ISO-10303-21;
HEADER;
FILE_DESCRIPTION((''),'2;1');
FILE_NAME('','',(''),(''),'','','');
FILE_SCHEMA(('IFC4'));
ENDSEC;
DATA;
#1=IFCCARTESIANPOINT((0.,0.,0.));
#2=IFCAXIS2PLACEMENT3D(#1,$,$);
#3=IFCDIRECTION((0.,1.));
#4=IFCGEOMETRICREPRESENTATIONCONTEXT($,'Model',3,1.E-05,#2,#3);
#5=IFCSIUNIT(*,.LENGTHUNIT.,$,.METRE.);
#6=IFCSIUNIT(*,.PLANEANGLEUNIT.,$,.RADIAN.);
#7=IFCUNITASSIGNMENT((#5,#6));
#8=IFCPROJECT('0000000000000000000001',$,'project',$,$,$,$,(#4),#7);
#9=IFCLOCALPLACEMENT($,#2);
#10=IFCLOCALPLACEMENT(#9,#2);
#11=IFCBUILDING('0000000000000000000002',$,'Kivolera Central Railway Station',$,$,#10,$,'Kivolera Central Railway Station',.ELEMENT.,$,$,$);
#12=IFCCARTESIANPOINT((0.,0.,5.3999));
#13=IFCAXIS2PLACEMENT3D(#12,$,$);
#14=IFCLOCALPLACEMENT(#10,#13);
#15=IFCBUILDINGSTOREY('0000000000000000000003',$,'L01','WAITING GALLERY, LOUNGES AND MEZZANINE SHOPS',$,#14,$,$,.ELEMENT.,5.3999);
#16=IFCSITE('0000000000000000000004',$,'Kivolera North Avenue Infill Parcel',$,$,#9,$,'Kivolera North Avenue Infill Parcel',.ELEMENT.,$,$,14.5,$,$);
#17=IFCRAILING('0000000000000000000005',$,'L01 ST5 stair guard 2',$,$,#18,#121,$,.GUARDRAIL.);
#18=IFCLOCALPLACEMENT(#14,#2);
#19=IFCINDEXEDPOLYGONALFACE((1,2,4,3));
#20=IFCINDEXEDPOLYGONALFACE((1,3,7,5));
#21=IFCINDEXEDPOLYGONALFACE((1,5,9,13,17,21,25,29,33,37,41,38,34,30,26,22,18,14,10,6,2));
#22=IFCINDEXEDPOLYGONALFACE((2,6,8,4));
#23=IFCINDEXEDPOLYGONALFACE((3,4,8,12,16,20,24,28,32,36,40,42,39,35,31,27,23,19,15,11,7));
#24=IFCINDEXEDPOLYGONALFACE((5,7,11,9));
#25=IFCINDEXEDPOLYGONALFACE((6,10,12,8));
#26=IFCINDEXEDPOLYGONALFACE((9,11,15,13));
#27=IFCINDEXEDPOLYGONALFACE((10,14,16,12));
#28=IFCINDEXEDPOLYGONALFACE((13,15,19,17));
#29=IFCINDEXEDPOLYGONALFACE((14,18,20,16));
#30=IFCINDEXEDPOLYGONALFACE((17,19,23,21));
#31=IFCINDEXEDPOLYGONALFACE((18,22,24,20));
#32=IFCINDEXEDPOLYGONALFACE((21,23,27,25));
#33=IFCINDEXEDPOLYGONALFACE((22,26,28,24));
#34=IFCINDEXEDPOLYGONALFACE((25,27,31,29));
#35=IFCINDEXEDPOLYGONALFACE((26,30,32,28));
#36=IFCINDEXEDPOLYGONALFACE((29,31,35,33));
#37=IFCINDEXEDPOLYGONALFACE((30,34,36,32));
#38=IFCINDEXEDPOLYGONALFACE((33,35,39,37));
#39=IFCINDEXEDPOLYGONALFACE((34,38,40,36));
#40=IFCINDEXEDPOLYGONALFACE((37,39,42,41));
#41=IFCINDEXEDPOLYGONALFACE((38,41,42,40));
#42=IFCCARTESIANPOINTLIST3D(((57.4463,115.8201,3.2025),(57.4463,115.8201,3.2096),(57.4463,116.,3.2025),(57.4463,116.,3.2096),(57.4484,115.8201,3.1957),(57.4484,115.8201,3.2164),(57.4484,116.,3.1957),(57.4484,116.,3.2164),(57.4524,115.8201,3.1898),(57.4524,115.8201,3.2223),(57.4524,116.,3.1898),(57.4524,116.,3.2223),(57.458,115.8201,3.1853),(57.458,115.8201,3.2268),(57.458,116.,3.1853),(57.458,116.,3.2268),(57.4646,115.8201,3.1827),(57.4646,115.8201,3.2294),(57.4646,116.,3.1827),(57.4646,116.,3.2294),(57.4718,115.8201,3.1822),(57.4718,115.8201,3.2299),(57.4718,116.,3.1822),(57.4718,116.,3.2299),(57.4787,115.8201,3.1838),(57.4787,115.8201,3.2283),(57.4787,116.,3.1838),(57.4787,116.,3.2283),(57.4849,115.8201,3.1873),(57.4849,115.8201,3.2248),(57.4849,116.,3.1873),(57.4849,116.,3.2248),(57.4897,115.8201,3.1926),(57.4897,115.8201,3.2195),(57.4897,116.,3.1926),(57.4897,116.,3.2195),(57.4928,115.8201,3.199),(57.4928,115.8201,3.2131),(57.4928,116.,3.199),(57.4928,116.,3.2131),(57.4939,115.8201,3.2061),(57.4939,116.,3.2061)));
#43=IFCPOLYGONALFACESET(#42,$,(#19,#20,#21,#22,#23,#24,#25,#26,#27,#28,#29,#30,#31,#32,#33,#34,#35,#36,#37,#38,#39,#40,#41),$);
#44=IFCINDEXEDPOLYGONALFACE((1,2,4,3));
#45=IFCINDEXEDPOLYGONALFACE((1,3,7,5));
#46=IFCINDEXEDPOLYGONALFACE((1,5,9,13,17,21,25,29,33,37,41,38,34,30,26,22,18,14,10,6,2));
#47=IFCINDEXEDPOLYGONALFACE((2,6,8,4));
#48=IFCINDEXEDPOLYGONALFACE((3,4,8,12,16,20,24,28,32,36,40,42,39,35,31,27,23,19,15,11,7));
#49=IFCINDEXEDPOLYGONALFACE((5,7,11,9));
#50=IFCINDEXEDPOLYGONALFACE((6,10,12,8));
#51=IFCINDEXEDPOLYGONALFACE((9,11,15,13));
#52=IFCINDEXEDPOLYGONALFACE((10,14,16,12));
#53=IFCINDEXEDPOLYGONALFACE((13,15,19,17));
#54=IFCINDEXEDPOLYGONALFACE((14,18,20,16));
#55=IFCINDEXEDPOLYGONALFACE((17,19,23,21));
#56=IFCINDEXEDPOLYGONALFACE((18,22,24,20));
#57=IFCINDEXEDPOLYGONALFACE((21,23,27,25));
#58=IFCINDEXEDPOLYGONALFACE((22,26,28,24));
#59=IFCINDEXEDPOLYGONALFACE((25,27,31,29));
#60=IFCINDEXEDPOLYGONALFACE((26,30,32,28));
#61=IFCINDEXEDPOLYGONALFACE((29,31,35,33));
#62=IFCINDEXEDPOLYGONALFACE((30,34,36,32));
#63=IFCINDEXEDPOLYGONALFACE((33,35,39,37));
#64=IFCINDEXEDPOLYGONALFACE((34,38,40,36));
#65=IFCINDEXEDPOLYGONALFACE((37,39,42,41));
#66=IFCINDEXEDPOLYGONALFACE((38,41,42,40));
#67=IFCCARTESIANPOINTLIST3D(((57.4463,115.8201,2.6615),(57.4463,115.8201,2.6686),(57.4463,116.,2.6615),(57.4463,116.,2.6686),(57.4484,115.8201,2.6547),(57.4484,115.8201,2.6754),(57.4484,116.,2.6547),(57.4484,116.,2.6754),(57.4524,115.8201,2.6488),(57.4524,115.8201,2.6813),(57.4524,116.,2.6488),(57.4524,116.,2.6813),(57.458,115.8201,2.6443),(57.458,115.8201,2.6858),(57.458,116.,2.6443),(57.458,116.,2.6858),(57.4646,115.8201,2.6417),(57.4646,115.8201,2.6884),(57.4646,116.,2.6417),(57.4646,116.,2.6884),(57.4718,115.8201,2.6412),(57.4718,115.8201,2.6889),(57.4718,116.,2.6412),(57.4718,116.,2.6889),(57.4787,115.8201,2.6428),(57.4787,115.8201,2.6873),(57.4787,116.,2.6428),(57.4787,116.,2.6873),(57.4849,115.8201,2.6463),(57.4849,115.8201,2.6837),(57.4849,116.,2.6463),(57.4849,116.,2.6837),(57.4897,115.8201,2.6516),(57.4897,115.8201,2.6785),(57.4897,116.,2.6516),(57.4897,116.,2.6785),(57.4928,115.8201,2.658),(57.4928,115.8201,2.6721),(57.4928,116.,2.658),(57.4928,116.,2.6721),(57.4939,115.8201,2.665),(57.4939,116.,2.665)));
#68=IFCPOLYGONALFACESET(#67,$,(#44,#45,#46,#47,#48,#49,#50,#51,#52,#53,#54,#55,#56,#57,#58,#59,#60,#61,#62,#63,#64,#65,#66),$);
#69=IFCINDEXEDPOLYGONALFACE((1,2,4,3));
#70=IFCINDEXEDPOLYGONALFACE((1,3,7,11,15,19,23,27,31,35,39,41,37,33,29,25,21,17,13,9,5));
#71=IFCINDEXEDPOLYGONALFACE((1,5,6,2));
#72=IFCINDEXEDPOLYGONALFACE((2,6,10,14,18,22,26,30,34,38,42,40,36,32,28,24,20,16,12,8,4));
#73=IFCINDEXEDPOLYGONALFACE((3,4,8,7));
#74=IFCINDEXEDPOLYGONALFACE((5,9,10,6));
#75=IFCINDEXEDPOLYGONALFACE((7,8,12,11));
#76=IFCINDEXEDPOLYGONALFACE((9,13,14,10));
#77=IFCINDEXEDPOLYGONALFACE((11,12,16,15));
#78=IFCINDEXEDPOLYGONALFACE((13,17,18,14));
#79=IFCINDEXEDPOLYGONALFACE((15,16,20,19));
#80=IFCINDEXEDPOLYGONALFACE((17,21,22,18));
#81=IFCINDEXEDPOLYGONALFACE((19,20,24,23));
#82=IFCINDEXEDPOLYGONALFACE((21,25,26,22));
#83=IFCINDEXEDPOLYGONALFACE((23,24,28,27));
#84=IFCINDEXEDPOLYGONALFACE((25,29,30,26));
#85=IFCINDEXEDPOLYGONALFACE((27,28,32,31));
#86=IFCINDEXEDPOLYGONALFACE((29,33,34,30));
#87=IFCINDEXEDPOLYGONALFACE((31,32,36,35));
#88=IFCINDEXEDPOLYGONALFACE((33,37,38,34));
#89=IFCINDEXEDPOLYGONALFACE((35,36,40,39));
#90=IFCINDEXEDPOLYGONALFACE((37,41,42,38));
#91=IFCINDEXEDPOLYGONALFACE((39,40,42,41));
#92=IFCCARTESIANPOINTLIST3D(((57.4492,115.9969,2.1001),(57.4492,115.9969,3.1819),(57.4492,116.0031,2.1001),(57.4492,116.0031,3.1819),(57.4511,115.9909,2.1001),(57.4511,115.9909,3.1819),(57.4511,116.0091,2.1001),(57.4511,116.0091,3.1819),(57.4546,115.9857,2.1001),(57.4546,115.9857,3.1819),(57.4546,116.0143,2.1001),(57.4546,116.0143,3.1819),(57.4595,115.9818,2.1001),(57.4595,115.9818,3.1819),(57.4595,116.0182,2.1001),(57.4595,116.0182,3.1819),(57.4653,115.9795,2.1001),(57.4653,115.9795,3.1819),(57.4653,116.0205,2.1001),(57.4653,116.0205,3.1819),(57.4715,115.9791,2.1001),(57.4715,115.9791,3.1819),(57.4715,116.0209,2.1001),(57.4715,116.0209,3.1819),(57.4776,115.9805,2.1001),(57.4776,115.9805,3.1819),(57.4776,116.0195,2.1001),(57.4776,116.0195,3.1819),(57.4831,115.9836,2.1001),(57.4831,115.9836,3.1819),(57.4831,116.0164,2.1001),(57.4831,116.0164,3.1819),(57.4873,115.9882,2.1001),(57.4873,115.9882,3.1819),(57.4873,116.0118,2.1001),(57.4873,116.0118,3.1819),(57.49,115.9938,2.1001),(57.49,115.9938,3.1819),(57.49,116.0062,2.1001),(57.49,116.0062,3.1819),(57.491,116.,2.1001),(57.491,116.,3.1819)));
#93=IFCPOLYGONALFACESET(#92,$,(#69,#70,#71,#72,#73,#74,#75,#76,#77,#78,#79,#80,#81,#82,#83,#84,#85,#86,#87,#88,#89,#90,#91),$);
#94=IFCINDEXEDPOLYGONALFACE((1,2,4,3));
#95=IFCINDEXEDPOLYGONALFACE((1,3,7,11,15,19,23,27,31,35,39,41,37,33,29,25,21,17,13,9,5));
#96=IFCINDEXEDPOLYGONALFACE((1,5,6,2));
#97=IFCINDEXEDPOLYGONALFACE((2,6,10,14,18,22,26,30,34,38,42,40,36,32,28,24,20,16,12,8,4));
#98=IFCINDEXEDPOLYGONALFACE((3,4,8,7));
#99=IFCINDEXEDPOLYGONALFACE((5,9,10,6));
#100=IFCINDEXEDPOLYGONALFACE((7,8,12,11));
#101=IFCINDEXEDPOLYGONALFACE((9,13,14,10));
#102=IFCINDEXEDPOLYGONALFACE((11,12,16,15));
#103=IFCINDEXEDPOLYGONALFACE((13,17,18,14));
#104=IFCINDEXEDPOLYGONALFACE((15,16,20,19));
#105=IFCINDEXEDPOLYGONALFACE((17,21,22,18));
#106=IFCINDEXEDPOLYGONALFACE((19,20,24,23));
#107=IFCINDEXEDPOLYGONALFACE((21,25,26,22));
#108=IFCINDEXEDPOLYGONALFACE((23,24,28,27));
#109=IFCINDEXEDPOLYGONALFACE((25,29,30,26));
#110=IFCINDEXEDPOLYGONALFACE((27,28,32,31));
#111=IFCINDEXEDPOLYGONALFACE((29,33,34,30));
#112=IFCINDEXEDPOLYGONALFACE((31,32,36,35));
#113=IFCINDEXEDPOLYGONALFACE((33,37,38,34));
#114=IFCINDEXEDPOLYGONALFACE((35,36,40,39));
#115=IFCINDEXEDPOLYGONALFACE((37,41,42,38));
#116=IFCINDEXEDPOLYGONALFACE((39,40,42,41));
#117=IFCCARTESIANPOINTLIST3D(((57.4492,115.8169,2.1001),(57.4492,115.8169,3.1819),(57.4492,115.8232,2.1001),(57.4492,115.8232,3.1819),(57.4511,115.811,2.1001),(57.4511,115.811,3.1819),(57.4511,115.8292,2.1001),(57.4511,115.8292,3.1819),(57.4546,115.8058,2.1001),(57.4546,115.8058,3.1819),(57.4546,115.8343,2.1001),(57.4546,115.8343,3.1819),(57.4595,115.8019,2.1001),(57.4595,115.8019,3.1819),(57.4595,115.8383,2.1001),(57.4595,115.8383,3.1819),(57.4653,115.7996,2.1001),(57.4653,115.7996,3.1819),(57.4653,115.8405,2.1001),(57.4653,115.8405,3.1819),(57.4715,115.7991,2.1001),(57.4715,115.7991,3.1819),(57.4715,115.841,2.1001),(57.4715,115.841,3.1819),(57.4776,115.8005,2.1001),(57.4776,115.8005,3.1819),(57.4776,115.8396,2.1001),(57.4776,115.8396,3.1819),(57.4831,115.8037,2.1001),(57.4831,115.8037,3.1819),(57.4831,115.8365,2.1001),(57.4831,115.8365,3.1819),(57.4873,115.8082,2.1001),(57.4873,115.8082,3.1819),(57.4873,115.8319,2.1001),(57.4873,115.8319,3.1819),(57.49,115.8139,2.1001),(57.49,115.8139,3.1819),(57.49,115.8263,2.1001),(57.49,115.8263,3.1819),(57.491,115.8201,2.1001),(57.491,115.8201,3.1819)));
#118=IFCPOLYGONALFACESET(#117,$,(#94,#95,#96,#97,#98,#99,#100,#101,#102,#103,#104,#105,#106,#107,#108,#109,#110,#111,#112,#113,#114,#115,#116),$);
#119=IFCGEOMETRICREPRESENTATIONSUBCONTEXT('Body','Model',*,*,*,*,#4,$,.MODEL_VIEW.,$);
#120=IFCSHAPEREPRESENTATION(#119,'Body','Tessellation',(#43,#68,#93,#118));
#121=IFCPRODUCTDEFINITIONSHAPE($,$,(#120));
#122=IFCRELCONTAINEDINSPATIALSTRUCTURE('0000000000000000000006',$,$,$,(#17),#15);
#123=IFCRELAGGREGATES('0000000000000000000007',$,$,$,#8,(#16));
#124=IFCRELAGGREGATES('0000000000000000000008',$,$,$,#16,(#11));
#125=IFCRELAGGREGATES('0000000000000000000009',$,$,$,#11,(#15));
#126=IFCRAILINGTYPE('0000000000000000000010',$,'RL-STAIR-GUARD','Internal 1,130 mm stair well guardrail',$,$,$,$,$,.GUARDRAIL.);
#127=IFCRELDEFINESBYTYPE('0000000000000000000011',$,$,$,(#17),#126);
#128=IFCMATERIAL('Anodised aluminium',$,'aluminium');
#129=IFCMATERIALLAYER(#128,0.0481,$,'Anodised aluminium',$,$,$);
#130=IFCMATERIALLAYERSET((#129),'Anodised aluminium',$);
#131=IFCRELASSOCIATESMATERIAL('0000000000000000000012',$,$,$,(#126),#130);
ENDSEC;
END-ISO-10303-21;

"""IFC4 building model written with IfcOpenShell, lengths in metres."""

from ifc_helpers import new_model, si_unit, direction, frame, origin, origin_2d, place, context, subcontext, project, spatial, circle, extrude, material, layer, layer_set, type_object, element, save


model = new_model("IFC4")

# Units and contexts
model_context = context("Model", 3, precision=1e-05, world=origin(), true_north=direction((0.0, 1.0)))
body_context = subcontext(model_context, "Body", "Model", "MODEL_VIEW")
ifc_project = project(units=[si_unit("LENGTHUNIT", "METRE"), si_unit("PLANEANGLEUNIT", "RADIAN")], contexts=[model_context])

# Site, building, storey
site_placement = place(None, origin())
site = spatial("IfcSite", under=ifc_project, at=site_placement, Name="Kivolera North Avenue Infill Parcel", LongName="Kivolera North Avenue Infill Parcel", CompositionType="ELEMENT", RefElevation=14.5)
building_placement = place(site_placement, origin())
building = spatial("IfcBuilding", under=site, at=building_placement, Name="Kivolera Central Railway Station", LongName="Kivolera Central Railway Station", CompositionType="ELEMENT")
storey_placement = place(building_placement, frame((0.0, 0.0, 5.3999)))
storey = spatial("IfcBuildingStorey", under=building, at=storey_placement, Name="L01", Description="WAITING GALLERY, LOUNGES AND MEZZANINE SHOPS", CompositionType="ELEMENT", Elevation=5.3999)

# Shared definitions
ifc_material_1 = material(Name="Anodised aluminium", Category="aluminium")

# Railing
ifc_layer_1 = layer(ifc_material_1, 0.0481, Name="Anodised aluminium")
ifc_layer_set_1 = layer_set([ifc_layer_1], Name="Anodised aluminium")
railing_type_1 = type_object("IfcRailingType", Name="RL-STAIR-GUARD", Description="Internal 1,130 mm stair well guardrail", PredefinedType="GUARDRAIL", material=ifc_layer_set_1)
railing_1_placement = place(storey_placement, frame((57.47, 116.0, 2.1001)))
element("IfcRailing", 1, at=railing_1_placement, inside=storey, type_object=railing_type_1, Name="L01 ST5 stair guard 2", PredefinedType="GUARDRAIL", context=body_context, shape_type="SweptSolid", body=[
    extrude(circle(Radius=0.0239, at=origin_2d()), frame((0.0, 0.0, 1.106), z_axis=(0.0, -1.0, 0.0), x_axis=(1.0, 0.0, 0.0)), (0.0, 0.0, 1.0), 0.1799),
    extrude(circle(Radius=0.0239, at=origin_2d()), frame((0.0, 0.0, 0.5649), z_axis=(0.0, -1.0, 0.0), x_axis=(1.0, 0.0, 0.0)), (0.0, 0.0, 1.0), 0.1799),
    extrude(circle(Radius=0.021, at=origin_2d()), origin(), (0.0, 0.0, 1.0), 1.0818),
    extrude(circle(Radius=0.021, at=origin_2d()), frame((0.0, -0.1799, 0.0)), (0.0, 0.0, 1.0), 1.0818),
])

save(model, "model.ifc")
